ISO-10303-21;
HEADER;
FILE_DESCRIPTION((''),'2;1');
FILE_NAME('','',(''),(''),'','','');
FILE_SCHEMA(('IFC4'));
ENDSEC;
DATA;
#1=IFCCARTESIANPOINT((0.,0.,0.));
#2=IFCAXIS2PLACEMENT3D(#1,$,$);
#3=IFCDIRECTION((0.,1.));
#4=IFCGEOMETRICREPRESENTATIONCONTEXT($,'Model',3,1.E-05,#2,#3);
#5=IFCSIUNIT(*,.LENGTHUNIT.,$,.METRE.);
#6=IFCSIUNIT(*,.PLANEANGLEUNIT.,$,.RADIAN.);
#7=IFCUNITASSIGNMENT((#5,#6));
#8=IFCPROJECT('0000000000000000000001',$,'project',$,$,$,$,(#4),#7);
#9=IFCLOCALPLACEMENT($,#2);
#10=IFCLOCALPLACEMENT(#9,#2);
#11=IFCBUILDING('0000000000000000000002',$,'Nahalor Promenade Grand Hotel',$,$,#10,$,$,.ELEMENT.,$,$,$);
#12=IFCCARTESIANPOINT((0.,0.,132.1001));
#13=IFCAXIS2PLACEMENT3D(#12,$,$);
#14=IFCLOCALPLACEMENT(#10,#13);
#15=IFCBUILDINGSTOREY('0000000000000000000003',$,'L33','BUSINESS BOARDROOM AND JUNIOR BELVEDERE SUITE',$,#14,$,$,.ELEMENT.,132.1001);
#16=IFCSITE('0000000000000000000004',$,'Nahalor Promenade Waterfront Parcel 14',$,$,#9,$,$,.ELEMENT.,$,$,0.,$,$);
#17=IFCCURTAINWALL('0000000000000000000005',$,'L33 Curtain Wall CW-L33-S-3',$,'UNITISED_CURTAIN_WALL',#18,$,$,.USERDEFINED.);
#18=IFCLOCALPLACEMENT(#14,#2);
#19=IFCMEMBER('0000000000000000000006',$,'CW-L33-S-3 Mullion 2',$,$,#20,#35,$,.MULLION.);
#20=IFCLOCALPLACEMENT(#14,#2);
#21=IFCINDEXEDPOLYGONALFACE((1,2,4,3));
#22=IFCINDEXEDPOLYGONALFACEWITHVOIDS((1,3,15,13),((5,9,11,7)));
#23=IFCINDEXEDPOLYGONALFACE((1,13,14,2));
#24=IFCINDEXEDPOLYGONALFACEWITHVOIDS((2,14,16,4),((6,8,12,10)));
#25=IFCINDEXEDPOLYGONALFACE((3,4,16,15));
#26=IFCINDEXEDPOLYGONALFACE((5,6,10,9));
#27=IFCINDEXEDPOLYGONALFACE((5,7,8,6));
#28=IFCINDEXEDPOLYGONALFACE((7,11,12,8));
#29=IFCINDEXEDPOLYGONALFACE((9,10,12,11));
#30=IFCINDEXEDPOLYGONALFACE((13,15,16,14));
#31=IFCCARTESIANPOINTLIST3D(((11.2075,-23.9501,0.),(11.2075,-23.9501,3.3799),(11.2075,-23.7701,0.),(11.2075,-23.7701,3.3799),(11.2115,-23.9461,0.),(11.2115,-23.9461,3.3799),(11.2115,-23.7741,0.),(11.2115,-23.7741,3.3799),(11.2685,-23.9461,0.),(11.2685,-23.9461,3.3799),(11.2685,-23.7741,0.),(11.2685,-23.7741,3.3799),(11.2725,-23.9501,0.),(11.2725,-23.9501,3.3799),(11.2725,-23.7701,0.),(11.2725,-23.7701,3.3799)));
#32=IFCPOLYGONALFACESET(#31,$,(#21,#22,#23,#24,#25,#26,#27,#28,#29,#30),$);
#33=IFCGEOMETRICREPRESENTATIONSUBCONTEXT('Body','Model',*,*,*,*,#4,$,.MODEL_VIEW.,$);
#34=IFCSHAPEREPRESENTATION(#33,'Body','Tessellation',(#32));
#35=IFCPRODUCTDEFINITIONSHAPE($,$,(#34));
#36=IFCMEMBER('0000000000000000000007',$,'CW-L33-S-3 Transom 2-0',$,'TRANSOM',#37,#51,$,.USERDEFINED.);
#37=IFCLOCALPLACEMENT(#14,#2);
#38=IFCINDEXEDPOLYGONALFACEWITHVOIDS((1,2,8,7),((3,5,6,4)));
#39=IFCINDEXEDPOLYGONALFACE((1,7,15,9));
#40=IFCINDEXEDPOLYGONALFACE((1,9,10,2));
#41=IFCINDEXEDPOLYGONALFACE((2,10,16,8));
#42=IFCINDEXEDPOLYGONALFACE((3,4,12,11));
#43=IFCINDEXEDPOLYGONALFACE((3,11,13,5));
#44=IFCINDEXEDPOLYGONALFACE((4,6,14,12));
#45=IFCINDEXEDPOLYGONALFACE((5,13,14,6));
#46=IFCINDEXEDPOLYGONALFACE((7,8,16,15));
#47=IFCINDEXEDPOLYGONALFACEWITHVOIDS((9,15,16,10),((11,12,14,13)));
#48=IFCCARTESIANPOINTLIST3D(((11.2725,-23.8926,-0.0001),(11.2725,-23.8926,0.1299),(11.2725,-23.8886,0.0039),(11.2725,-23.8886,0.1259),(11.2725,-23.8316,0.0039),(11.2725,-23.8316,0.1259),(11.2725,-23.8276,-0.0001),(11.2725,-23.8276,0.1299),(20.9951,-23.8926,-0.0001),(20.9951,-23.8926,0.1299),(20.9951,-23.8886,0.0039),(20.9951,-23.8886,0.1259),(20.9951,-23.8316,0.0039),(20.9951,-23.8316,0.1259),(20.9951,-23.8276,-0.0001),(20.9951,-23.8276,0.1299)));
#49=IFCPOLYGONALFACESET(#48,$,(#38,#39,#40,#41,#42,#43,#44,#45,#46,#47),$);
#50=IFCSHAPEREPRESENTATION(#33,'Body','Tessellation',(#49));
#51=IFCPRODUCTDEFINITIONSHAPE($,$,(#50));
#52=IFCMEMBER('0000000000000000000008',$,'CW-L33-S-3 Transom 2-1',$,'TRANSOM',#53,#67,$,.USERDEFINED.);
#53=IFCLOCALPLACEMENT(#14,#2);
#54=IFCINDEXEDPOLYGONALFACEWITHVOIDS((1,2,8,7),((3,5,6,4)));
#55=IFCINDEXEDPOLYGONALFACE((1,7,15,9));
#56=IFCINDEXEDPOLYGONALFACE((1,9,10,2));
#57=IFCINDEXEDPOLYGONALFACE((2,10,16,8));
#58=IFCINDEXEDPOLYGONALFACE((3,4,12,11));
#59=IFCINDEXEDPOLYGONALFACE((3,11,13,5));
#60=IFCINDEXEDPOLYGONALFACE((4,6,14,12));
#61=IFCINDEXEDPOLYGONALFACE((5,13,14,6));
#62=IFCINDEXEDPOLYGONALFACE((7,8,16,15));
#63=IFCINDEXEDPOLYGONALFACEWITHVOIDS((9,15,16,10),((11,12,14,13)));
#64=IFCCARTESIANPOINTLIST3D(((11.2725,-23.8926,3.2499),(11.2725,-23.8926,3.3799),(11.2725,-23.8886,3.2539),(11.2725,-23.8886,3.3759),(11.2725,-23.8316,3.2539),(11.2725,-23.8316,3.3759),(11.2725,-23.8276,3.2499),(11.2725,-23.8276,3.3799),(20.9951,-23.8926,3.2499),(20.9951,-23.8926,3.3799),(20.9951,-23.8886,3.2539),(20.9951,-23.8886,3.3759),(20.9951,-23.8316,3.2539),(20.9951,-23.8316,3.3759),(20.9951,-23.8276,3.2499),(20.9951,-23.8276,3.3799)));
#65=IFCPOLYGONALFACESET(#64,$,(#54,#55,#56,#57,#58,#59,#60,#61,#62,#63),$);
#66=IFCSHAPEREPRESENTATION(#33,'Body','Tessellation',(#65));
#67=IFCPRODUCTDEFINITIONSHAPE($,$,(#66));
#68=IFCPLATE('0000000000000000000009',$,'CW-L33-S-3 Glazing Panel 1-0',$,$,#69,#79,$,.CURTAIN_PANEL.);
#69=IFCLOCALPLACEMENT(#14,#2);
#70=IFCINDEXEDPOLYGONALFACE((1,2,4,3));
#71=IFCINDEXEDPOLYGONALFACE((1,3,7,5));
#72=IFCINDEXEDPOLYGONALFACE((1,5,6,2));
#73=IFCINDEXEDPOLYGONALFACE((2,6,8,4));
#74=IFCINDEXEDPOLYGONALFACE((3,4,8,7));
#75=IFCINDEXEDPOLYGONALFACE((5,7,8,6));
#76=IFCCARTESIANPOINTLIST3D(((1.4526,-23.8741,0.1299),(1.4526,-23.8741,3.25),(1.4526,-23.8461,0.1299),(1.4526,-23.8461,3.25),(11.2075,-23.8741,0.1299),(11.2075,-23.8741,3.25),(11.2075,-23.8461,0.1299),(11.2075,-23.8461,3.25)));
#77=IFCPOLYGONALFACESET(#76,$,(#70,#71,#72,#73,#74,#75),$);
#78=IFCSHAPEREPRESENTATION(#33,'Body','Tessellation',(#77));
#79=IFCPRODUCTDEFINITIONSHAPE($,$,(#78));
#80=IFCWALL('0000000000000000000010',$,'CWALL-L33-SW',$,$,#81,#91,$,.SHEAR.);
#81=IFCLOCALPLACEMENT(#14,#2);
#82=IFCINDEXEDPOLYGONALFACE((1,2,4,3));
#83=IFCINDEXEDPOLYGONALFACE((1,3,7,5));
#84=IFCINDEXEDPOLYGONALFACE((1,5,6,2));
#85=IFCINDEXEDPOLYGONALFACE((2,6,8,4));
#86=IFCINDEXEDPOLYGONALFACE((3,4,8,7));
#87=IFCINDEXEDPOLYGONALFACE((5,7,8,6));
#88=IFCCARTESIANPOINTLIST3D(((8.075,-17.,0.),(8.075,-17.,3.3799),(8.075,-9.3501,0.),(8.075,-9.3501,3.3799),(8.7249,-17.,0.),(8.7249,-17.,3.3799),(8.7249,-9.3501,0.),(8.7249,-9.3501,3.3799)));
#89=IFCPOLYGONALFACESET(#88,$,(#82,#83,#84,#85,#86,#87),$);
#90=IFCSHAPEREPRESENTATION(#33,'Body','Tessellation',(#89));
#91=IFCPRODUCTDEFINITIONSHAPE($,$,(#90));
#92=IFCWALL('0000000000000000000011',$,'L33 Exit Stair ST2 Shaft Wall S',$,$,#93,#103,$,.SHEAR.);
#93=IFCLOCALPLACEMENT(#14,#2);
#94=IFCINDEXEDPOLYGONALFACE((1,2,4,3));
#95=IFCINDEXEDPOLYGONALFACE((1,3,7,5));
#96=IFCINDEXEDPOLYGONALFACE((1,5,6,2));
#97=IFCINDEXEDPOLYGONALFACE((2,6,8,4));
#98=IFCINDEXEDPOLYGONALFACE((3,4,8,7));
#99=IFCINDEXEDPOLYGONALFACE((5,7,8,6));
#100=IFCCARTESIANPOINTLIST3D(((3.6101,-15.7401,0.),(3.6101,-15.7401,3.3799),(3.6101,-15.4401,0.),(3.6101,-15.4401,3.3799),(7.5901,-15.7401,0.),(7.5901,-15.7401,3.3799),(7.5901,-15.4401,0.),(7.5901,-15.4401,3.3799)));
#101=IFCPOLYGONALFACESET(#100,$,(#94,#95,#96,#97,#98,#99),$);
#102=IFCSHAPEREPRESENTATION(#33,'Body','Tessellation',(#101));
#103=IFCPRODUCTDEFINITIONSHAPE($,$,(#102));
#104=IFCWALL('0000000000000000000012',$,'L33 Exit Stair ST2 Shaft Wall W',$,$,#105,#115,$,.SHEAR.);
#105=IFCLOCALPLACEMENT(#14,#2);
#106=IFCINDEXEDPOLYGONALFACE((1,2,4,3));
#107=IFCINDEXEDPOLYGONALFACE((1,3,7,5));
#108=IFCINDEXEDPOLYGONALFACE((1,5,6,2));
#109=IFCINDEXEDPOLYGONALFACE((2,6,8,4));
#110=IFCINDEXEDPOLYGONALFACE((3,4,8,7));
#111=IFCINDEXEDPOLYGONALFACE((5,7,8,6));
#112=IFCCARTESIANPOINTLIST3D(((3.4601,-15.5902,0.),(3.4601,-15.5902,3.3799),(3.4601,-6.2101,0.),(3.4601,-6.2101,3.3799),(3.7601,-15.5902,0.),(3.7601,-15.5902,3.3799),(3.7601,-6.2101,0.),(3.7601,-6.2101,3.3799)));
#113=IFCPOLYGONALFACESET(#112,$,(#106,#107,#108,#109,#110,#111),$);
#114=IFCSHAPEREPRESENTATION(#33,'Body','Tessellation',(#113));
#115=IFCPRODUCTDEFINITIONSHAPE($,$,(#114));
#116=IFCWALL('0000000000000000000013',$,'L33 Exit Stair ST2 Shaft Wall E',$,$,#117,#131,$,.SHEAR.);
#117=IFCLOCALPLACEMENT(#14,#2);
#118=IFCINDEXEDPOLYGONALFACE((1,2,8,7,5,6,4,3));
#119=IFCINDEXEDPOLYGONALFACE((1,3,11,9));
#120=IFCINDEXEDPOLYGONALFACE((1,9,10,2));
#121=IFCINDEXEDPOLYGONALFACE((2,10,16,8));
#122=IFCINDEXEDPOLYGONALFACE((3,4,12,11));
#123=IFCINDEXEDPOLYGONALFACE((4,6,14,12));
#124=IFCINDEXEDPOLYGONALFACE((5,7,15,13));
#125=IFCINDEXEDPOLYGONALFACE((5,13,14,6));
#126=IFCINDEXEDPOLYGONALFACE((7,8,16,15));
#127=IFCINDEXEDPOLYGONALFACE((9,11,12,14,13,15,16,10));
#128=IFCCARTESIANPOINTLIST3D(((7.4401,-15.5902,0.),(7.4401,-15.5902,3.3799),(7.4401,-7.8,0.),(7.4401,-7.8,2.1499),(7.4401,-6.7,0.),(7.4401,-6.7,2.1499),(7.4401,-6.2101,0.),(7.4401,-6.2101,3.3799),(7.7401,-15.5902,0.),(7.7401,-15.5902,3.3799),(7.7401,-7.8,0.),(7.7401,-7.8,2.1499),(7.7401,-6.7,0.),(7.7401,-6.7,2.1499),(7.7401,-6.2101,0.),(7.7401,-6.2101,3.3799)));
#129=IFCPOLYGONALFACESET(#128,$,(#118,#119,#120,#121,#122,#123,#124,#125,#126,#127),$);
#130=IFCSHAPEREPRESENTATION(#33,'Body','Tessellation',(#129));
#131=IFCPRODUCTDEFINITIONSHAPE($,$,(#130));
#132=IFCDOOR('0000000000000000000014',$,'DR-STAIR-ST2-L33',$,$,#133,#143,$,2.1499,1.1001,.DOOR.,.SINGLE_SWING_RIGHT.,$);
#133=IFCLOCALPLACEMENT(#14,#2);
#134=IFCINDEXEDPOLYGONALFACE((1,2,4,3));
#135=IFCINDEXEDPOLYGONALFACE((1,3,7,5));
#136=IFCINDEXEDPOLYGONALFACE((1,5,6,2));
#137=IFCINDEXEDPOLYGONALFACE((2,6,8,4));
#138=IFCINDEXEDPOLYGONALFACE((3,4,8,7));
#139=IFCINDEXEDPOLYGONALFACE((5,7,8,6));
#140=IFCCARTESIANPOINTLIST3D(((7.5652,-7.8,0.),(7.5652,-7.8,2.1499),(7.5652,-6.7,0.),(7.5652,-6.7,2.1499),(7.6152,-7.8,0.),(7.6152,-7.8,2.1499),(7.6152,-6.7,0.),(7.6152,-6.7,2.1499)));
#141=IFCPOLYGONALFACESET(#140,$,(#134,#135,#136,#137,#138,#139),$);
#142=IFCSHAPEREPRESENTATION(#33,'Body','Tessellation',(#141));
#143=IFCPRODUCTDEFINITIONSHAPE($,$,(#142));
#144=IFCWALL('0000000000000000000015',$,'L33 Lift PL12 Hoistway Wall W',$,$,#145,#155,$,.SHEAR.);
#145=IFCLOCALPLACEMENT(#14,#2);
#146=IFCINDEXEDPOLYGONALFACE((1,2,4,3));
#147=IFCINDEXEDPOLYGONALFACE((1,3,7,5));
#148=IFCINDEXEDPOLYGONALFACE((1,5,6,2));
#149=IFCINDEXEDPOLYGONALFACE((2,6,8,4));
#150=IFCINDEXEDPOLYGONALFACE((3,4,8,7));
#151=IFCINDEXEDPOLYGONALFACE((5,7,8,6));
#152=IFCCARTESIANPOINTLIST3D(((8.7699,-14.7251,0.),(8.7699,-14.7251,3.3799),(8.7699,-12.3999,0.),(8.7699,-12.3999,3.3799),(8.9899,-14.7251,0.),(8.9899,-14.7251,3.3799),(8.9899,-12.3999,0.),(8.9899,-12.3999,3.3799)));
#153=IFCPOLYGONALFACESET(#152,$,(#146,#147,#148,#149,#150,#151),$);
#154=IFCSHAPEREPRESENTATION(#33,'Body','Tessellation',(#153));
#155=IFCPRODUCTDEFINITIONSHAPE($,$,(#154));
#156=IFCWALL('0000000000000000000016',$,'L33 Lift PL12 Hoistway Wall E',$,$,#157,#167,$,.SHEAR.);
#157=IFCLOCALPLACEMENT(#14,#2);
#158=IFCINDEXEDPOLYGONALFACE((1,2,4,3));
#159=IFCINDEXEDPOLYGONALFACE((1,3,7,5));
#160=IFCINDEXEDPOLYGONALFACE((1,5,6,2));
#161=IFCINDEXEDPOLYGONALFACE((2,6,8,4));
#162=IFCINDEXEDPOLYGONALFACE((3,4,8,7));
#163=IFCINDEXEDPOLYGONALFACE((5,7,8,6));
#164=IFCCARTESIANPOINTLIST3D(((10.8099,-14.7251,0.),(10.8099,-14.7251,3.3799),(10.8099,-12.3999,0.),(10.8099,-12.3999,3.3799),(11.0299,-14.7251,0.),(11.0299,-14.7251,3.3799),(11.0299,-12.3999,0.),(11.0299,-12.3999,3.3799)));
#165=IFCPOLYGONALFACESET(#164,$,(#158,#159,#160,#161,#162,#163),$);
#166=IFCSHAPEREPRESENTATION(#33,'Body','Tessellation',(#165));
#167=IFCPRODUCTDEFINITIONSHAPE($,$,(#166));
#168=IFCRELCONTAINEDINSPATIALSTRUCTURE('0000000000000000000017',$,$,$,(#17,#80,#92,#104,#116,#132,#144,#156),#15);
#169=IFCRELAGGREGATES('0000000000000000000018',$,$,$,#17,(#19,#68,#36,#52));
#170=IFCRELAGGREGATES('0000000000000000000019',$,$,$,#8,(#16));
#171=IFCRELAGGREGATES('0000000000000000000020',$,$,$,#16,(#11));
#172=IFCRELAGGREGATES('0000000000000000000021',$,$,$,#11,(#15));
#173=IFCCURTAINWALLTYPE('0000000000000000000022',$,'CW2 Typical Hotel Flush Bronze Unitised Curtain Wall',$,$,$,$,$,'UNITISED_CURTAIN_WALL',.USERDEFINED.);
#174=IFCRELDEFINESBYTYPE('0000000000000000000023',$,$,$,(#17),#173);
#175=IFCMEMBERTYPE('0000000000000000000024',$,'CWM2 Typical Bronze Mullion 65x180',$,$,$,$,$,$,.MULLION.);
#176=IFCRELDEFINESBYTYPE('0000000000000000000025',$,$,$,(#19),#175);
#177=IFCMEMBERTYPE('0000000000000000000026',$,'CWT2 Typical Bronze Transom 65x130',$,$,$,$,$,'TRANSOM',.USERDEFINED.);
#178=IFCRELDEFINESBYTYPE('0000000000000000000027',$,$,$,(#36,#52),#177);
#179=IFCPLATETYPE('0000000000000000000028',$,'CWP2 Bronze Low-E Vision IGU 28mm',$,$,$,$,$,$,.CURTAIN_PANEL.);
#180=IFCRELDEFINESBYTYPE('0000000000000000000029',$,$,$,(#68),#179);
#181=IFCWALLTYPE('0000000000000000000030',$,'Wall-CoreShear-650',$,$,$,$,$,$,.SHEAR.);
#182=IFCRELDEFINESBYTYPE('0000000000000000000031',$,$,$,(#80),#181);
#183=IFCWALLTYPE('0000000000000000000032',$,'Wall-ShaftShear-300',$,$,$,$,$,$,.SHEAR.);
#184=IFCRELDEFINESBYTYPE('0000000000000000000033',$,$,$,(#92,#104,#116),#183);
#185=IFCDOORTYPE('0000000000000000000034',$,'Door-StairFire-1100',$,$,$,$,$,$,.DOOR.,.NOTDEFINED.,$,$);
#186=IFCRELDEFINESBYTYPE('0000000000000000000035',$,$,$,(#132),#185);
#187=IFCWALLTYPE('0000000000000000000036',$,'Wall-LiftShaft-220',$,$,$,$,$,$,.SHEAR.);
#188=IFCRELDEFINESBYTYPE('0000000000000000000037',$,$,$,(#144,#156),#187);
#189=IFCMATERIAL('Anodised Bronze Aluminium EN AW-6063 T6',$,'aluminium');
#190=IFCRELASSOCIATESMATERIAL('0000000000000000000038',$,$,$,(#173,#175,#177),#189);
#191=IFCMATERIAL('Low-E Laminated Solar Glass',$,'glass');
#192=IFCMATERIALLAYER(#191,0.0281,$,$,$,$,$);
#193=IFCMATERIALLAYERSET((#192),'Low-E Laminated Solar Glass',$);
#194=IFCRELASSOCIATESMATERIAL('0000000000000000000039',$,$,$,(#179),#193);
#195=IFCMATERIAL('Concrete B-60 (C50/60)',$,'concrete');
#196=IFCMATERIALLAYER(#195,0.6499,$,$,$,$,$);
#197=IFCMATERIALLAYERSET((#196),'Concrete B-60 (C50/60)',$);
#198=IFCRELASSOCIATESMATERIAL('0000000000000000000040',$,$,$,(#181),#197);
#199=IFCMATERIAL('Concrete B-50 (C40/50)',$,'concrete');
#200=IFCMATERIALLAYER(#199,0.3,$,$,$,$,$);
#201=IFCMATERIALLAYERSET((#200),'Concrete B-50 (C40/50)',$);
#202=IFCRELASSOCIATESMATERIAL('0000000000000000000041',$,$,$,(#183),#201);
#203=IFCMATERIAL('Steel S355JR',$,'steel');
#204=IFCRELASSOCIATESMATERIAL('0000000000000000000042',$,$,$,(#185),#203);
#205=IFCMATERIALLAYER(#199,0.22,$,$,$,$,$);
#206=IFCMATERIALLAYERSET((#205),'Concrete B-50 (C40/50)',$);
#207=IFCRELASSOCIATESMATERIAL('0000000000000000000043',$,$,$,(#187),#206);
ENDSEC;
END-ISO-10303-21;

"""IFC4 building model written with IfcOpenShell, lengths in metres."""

from ifc_helpers import new_model, si_unit, direction, frame, frame_2d, origin, origin_2d, place, context, subcontext, project, spatial, rectangle, hollow_rectangle, extrude, source, transform, mapped, material, layer, layer_set, material_profile, profile_set, type_object, element, fill, aggregate, save


model = new_model("IFC4")

# Units and contexts
model_context = context("Model", 3, precision=1e-05, world=origin(), true_north=direction((0.0, 1.0)))
body_context = subcontext(model_context, "Body", "Model", "MODEL_VIEW")
ifc_project = project(units=[si_unit("LENGTHUNIT", "METRE"), si_unit("PLANEANGLEUNIT", "RADIAN")], contexts=[model_context])

# Site, building, storey
site_placement = place(None, origin())
site = spatial("IfcSite", under=ifc_project, at=site_placement, Name="Nahalor Promenade Waterfront Parcel 14", CompositionType="ELEMENT", RefElevation=0.0)
building_placement = place(site_placement, origin())
building = spatial("IfcBuilding", under=site, at=building_placement, Name="Nahalor Promenade Grand Hotel", CompositionType="ELEMENT")
storey_placement = place(building_placement, frame((0.0, 0.0, 132.1001)))
storey = spatial("IfcBuildingStorey", under=building, at=storey_placement, Name="L33", Description="BUSINESS BOARDROOM AND JUNIOR BELVEDERE SUITE", CompositionType="ELEMENT", Elevation=132.1001)

# Shared definitions
ifc_material_1 = material(Name="Concrete B-60 (C50/60)", Category="concrete")

# Shared definitions
ifc_material_2 = material(Name="Steel S355JR", Category="steel")

# Curtain wall, members, plate
ifc_material_3 = material(Name="Anodised Bronze Aluminium EN AW-6063 T6", Category="aluminium")
curtain_wall_type = type_object("IfcCurtainWallType", Name="CW2 Typical Hotel Flush Bronze Unitised Curtain Wall", ElementType="UNITISED_CURTAIN_WALL", PredefinedType="USERDEFINED", material=ifc_material_3)
curtain_wall_placement = place(storey_placement, origin())
curtain_wall = element("IfcCurtainWall", 1, at=curtain_wall_placement, inside=storey, type_object=curtain_wall_type, Name="L33 Curtain Wall CW-L33-S-3", ObjectType="UNITISED_CURTAIN_WALL", PredefinedType="USERDEFINED")
ifc_material_profile_1 = material_profile(ifc_material_3, hollow_rectangle(XDim=0.065, YDim=0.18, WallThickness=0.004, at=origin_2d()), Name="CWM 65x180x4")
ifc_profile_set_1 = profile_set([ifc_material_profile_1], Name="Anodised Bronze Aluminium EN AW-6063 T6")
member_type_1 = type_object("IfcMemberType", Name="CWM2 Typical Bronze Mullion 65x180", PredefinedType="MULLION", material=ifc_profile_set_1)
shared_shape_1 = source(origin(), body_context, "Body", "SweptSolid", [
    extrude(hollow_rectangle(XDim=0.065, YDim=0.18, WallThickness=0.004, at=origin_2d()), origin(), (0.0, 0.0, 1.0), 3.3799),
])
member_1_placement = place(storey_placement, frame((11.24, -23.8601, 0.0), z_axis=(0.0, 0.0, 1.0), x_axis=(1.0, 0.0, 0.0)))
member_1 = element("IfcMember", 2, at=member_1_placement, type_object=member_type_1, Name="CW-L33-S-3 Mullion 2", PredefinedType="MULLION", context=body_context, shape_type="MappedRepresentation", body=[
    mapped(shared_shape_1, transform((0.0, 0.0, 0.0), scale=1.0)),
])
ifc_material_profile_2 = material_profile(ifc_material_3, hollow_rectangle(XDim=0.065, YDim=0.13, WallThickness=0.004, at=origin_2d()), Name="CWT 65x130x4")
ifc_profile_set_2 = profile_set([ifc_material_profile_2], Name="Anodised Bronze Aluminium EN AW-6063 T6")
member_type_2 = type_object("IfcMemberType", Name="CWT2 Typical Bronze Transom 65x130", ElementType="TRANSOM", PredefinedType="USERDEFINED", material=ifc_profile_set_2)
shared_shape_2 = source(origin(), body_context, "Body", "SweptSolid", [
    extrude(hollow_rectangle(XDim=0.065, YDim=0.13, WallThickness=0.004, at=origin_2d()), origin(), (0.0, 0.0, 1.0), 9.7227),
])
member_2_placement = place(storey_placement, frame((11.2725, -23.8601, 0.0649), z_axis=(1.0, 0.0, 0.0), x_axis=(0.0, 1.0, 0.0)))
member_2 = element("IfcMember", 3, at=member_2_placement, type_object=member_type_2, Name="CW-L33-S-3 Transom 2-0", ObjectType="TRANSOM", PredefinedType="USERDEFINED", context=body_context, shape_type="MappedRepresentation", body=[
    mapped(shared_shape_2, transform((0.0, 0.0, 0.0), scale=1.0)),
])
member_3_placement = place(storey_placement, frame((11.2725, -23.8601, 3.3149), z_axis=(1.0, 0.0, 0.0), x_axis=(0.0, 1.0, 0.0)))
member_3 = element("IfcMember", 4, at=member_3_placement, type_object=member_type_2, Name="CW-L33-S-3 Transom 2-1", ObjectType="TRANSOM", PredefinedType="USERDEFINED", context=body_context, shape_type="MappedRepresentation", body=[
    mapped(shared_shape_2, transform((0.0, 0.0, 0.0), scale=1.0)),
])
ifc_material_4 = material(Name="Low-E Laminated Solar Glass", Category="glass")
ifc_layer_1 = layer(ifc_material_4, 0.0281)
ifc_layer_set_1 = layer_set([ifc_layer_1], Name="Low-E Laminated Solar Glass")
plate_type = type_object("IfcPlateType", Name="CWP2 Bronze Low-E Vision IGU 28mm", PredefinedType="CURTAIN_PANEL", material=ifc_layer_set_1)
shared_shape_3 = source(origin(), body_context, "Body", "SweptSolid", [
    extrude(rectangle(XDim=9.7549, YDim=0.0281, at=origin_2d()), origin(), (0.0, 0.0, 1.0), 3.1201),
])
plate_placement = place(storey_placement, frame((6.3301, -23.8601, 0.1299), z_axis=(0.0, 0.0, 1.0), x_axis=(1.0, 0.0, 0.0)))
plate = element("IfcPlate", 5, at=plate_placement, type_object=plate_type, Name="CW-L33-S-3 Glazing Panel 1-0", PredefinedType="CURTAIN_PANEL", context=body_context, shape_type="MappedRepresentation", body=[
    mapped(shared_shape_3, transform((0.0, 0.0, 0.0), scale=1.0)),
])
aggregate(curtain_wall, [member_1, plate, member_2, member_3])

# Walls
ifc_layer_2 = layer(ifc_material_1, 0.6499)
ifc_layer_set_2 = layer_set([ifc_layer_2], Name="Concrete B-60 (C50/60)")
wall_type_1 = type_object("IfcWallType", Name="Wall-CoreShear-650", PredefinedType="SHEAR", material=ifc_layer_set_2)
shared_shape_4 = source(origin(), body_context, "Body", "SweptSolid", [
    extrude(rectangle(XDim=7.6499, YDim=0.6499, at=frame_2d((3.825, 0.0))), origin(), (0.0, 0.0, 1.0), 3.3799),
])
wall_1_placement = place(storey_placement, frame((8.3999, -17.0, 0.0), z_axis=(0.0, 0.0, 1.0), x_axis=(0.0, 1.0, 0.0)))
element("IfcWall", 6, at=wall_1_placement, inside=storey, type_object=wall_type_1, Name="CWALL-L33-SW", PredefinedType="SHEAR", context=body_context, shape_type="MappedRepresentation", body=[
    mapped(shared_shape_4, transform((0.0, 0.0, 0.0), scale=1.0)),
])
ifc_material_5 = material(Name="Concrete B-50 (C40/50)", Category="concrete")
ifc_layer_3 = layer(ifc_material_5, 0.3)
ifc_layer_set_3 = layer_set([ifc_layer_3], Name="Concrete B-50 (C40/50)")
wall_type_2 = type_object("IfcWallType", Name="Wall-ShaftShear-300", PredefinedType="SHEAR", material=ifc_layer_set_3)
shared_shape_5 = source(origin(), body_context, "Body", "SweptSolid", [
    extrude(rectangle(XDim=3.98, YDim=0.3, at=frame_2d((1.99, 0.0))), origin(), (0.0, 0.0, 1.0), 3.3799),
])
wall_2_placement = place(storey_placement, frame((3.6101, -15.5901, 0.0), z_axis=(0.0, 0.0, 1.0), x_axis=(1.0, 0.0, 0.0)))
element("IfcWall", 7, at=wall_2_placement, inside=storey, type_object=wall_type_2, Name="L33 Exit Stair ST2 Shaft Wall S", PredefinedType="SHEAR", context=body_context, shape_type="MappedRepresentation", body=[
    mapped(shared_shape_5, transform((0.0, 0.0, 0.0), scale=1.0)),
])
shared_shape_6 = source(origin(), body_context, "Body", "SweptSolid", [
    extrude(rectangle(XDim=9.3801, YDim=0.3, at=frame_2d((4.6899, 0.0))), origin(), (0.0, 0.0, 1.0), 3.3799),
])
wall_3_placement = place(storey_placement, frame((3.6101, -15.5901, 0.0), z_axis=(0.0, 0.0, 1.0), x_axis=(0.0, 1.0, 0.0)))
element("IfcWall", 8, at=wall_3_placement, inside=storey, type_object=wall_type_2, Name="L33 Exit Stair ST2 Shaft Wall W", PredefinedType="SHEAR", context=body_context, shape_type="MappedRepresentation", body=[
    mapped(shared_shape_6, transform((0.0, 0.0, 0.0), scale=1.0)),
])

# Wall, opening, door
wall_4_placement = place(storey_placement, frame((7.5901, -15.5901, 0.0), z_axis=(0.0, 0.0, 1.0), x_axis=(0.0, 1.0, 0.0)))
wall_4 = element("IfcWall", 9, at=wall_4_placement, inside=storey, type_object=wall_type_2, Name="L33 Exit Stair ST2 Shaft Wall E", PredefinedType="SHEAR", context=body_context, shape_type="MappedRepresentation", body=[
    mapped(shared_shape_6, transform((0.0, 0.0, 0.0), scale=1.0)),
])
opening_1_placement = place(wall_4_placement, frame((7.79, 0.0, 0.0)))
opening_1 = element("IfcOpeningElement", 10, at=opening_1_placement, cuts=wall_4, PredefinedType="OPENING", context=body_context, shape_type="SweptSolid", body=[
    extrude(rectangle(XDim=1.1001, YDim=2.1499, at=frame_2d((0.55, 1.075))), frame((0.0, 0.1599, 0.0), z_axis=(0.0, -1.0, 0.0), x_axis=(1.0, 0.0, 0.0)), (0.0, 0.0, 1.0), 0.3201),
])
door_type_1 = type_object("IfcDoorType", Name="Door-StairFire-1100", OperationType="NOTDEFINED", PredefinedType="DOOR", material=ifc_material_2)
shared_shape_7 = source(origin(), body_context, "Body", "SweptSolid", [
    extrude(rectangle(XDim=1.1001, YDim=2.1499, at=frame_2d((0.55, 1.075))), frame((0.0, 0.0249, 0.0), z_axis=(0.0, -1.0, 0.0), x_axis=(1.0, 0.0, 0.0)), (0.0, 0.0, 1.0), 0.05),
])
door_1_placement = place(opening_1_placement, origin())
door_1 = element("IfcDoor", 11, at=door_1_placement, inside=storey, type_object=door_type_1, Name="DR-STAIR-ST2-L33", OperationType="SINGLE_SWING_RIGHT", OverallHeight=2.1499, OverallWidth=1.1001, PredefinedType="DOOR", context=body_context, shape_type="MappedRepresentation", body=[
    mapped(shared_shape_7, transform((0.0, 0.0, 0.0), scale=1.0)),
])
fill(opening_1, door_1)

# Walls
ifc_layer_4 = layer(ifc_material_5, 0.22)
ifc_layer_set_4 = layer_set([ifc_layer_4], Name="Concrete B-50 (C40/50)")
wall_type_3 = type_object("IfcWallType", Name="Wall-LiftShaft-220", PredefinedType="SHEAR", material=ifc_layer_set_4)
shared_shape_8 = source(origin(), body_context, "Body", "SweptSolid", [
    extrude(rectangle(XDim=2.3252, YDim=0.22, at=frame_2d((1.1626, 0.0))), origin(), (0.0, 0.0, 1.0), 3.3799),
])
for number, where, z_axis, x_axis, name in (
    (12, (8.8799, -14.7251, 0.0), (0.0, 0.0, 1.0), (0.0, 1.0, 0.0), "L33 Lift PL12 Hoistway Wall W"),
    (13, (10.9199, -14.7251, 0.0), (0.0, 0.0, 1.0), (0.0, 1.0, 0.0), "L33 Lift PL12 Hoistway Wall E"),
):
    element("IfcWall", number, at=place(storey_placement, frame(where, z_axis=z_axis, x_axis=x_axis)), inside=storey, type_object=wall_type_3, Name=name, PredefinedType="SHEAR", context=body_context, shape_type="MappedRepresentation", body=[
        mapped(shared_shape_8, transform((0.0, 0.0, 0.0), scale=1.0)),
    ])

save(model, "model.ifc")
